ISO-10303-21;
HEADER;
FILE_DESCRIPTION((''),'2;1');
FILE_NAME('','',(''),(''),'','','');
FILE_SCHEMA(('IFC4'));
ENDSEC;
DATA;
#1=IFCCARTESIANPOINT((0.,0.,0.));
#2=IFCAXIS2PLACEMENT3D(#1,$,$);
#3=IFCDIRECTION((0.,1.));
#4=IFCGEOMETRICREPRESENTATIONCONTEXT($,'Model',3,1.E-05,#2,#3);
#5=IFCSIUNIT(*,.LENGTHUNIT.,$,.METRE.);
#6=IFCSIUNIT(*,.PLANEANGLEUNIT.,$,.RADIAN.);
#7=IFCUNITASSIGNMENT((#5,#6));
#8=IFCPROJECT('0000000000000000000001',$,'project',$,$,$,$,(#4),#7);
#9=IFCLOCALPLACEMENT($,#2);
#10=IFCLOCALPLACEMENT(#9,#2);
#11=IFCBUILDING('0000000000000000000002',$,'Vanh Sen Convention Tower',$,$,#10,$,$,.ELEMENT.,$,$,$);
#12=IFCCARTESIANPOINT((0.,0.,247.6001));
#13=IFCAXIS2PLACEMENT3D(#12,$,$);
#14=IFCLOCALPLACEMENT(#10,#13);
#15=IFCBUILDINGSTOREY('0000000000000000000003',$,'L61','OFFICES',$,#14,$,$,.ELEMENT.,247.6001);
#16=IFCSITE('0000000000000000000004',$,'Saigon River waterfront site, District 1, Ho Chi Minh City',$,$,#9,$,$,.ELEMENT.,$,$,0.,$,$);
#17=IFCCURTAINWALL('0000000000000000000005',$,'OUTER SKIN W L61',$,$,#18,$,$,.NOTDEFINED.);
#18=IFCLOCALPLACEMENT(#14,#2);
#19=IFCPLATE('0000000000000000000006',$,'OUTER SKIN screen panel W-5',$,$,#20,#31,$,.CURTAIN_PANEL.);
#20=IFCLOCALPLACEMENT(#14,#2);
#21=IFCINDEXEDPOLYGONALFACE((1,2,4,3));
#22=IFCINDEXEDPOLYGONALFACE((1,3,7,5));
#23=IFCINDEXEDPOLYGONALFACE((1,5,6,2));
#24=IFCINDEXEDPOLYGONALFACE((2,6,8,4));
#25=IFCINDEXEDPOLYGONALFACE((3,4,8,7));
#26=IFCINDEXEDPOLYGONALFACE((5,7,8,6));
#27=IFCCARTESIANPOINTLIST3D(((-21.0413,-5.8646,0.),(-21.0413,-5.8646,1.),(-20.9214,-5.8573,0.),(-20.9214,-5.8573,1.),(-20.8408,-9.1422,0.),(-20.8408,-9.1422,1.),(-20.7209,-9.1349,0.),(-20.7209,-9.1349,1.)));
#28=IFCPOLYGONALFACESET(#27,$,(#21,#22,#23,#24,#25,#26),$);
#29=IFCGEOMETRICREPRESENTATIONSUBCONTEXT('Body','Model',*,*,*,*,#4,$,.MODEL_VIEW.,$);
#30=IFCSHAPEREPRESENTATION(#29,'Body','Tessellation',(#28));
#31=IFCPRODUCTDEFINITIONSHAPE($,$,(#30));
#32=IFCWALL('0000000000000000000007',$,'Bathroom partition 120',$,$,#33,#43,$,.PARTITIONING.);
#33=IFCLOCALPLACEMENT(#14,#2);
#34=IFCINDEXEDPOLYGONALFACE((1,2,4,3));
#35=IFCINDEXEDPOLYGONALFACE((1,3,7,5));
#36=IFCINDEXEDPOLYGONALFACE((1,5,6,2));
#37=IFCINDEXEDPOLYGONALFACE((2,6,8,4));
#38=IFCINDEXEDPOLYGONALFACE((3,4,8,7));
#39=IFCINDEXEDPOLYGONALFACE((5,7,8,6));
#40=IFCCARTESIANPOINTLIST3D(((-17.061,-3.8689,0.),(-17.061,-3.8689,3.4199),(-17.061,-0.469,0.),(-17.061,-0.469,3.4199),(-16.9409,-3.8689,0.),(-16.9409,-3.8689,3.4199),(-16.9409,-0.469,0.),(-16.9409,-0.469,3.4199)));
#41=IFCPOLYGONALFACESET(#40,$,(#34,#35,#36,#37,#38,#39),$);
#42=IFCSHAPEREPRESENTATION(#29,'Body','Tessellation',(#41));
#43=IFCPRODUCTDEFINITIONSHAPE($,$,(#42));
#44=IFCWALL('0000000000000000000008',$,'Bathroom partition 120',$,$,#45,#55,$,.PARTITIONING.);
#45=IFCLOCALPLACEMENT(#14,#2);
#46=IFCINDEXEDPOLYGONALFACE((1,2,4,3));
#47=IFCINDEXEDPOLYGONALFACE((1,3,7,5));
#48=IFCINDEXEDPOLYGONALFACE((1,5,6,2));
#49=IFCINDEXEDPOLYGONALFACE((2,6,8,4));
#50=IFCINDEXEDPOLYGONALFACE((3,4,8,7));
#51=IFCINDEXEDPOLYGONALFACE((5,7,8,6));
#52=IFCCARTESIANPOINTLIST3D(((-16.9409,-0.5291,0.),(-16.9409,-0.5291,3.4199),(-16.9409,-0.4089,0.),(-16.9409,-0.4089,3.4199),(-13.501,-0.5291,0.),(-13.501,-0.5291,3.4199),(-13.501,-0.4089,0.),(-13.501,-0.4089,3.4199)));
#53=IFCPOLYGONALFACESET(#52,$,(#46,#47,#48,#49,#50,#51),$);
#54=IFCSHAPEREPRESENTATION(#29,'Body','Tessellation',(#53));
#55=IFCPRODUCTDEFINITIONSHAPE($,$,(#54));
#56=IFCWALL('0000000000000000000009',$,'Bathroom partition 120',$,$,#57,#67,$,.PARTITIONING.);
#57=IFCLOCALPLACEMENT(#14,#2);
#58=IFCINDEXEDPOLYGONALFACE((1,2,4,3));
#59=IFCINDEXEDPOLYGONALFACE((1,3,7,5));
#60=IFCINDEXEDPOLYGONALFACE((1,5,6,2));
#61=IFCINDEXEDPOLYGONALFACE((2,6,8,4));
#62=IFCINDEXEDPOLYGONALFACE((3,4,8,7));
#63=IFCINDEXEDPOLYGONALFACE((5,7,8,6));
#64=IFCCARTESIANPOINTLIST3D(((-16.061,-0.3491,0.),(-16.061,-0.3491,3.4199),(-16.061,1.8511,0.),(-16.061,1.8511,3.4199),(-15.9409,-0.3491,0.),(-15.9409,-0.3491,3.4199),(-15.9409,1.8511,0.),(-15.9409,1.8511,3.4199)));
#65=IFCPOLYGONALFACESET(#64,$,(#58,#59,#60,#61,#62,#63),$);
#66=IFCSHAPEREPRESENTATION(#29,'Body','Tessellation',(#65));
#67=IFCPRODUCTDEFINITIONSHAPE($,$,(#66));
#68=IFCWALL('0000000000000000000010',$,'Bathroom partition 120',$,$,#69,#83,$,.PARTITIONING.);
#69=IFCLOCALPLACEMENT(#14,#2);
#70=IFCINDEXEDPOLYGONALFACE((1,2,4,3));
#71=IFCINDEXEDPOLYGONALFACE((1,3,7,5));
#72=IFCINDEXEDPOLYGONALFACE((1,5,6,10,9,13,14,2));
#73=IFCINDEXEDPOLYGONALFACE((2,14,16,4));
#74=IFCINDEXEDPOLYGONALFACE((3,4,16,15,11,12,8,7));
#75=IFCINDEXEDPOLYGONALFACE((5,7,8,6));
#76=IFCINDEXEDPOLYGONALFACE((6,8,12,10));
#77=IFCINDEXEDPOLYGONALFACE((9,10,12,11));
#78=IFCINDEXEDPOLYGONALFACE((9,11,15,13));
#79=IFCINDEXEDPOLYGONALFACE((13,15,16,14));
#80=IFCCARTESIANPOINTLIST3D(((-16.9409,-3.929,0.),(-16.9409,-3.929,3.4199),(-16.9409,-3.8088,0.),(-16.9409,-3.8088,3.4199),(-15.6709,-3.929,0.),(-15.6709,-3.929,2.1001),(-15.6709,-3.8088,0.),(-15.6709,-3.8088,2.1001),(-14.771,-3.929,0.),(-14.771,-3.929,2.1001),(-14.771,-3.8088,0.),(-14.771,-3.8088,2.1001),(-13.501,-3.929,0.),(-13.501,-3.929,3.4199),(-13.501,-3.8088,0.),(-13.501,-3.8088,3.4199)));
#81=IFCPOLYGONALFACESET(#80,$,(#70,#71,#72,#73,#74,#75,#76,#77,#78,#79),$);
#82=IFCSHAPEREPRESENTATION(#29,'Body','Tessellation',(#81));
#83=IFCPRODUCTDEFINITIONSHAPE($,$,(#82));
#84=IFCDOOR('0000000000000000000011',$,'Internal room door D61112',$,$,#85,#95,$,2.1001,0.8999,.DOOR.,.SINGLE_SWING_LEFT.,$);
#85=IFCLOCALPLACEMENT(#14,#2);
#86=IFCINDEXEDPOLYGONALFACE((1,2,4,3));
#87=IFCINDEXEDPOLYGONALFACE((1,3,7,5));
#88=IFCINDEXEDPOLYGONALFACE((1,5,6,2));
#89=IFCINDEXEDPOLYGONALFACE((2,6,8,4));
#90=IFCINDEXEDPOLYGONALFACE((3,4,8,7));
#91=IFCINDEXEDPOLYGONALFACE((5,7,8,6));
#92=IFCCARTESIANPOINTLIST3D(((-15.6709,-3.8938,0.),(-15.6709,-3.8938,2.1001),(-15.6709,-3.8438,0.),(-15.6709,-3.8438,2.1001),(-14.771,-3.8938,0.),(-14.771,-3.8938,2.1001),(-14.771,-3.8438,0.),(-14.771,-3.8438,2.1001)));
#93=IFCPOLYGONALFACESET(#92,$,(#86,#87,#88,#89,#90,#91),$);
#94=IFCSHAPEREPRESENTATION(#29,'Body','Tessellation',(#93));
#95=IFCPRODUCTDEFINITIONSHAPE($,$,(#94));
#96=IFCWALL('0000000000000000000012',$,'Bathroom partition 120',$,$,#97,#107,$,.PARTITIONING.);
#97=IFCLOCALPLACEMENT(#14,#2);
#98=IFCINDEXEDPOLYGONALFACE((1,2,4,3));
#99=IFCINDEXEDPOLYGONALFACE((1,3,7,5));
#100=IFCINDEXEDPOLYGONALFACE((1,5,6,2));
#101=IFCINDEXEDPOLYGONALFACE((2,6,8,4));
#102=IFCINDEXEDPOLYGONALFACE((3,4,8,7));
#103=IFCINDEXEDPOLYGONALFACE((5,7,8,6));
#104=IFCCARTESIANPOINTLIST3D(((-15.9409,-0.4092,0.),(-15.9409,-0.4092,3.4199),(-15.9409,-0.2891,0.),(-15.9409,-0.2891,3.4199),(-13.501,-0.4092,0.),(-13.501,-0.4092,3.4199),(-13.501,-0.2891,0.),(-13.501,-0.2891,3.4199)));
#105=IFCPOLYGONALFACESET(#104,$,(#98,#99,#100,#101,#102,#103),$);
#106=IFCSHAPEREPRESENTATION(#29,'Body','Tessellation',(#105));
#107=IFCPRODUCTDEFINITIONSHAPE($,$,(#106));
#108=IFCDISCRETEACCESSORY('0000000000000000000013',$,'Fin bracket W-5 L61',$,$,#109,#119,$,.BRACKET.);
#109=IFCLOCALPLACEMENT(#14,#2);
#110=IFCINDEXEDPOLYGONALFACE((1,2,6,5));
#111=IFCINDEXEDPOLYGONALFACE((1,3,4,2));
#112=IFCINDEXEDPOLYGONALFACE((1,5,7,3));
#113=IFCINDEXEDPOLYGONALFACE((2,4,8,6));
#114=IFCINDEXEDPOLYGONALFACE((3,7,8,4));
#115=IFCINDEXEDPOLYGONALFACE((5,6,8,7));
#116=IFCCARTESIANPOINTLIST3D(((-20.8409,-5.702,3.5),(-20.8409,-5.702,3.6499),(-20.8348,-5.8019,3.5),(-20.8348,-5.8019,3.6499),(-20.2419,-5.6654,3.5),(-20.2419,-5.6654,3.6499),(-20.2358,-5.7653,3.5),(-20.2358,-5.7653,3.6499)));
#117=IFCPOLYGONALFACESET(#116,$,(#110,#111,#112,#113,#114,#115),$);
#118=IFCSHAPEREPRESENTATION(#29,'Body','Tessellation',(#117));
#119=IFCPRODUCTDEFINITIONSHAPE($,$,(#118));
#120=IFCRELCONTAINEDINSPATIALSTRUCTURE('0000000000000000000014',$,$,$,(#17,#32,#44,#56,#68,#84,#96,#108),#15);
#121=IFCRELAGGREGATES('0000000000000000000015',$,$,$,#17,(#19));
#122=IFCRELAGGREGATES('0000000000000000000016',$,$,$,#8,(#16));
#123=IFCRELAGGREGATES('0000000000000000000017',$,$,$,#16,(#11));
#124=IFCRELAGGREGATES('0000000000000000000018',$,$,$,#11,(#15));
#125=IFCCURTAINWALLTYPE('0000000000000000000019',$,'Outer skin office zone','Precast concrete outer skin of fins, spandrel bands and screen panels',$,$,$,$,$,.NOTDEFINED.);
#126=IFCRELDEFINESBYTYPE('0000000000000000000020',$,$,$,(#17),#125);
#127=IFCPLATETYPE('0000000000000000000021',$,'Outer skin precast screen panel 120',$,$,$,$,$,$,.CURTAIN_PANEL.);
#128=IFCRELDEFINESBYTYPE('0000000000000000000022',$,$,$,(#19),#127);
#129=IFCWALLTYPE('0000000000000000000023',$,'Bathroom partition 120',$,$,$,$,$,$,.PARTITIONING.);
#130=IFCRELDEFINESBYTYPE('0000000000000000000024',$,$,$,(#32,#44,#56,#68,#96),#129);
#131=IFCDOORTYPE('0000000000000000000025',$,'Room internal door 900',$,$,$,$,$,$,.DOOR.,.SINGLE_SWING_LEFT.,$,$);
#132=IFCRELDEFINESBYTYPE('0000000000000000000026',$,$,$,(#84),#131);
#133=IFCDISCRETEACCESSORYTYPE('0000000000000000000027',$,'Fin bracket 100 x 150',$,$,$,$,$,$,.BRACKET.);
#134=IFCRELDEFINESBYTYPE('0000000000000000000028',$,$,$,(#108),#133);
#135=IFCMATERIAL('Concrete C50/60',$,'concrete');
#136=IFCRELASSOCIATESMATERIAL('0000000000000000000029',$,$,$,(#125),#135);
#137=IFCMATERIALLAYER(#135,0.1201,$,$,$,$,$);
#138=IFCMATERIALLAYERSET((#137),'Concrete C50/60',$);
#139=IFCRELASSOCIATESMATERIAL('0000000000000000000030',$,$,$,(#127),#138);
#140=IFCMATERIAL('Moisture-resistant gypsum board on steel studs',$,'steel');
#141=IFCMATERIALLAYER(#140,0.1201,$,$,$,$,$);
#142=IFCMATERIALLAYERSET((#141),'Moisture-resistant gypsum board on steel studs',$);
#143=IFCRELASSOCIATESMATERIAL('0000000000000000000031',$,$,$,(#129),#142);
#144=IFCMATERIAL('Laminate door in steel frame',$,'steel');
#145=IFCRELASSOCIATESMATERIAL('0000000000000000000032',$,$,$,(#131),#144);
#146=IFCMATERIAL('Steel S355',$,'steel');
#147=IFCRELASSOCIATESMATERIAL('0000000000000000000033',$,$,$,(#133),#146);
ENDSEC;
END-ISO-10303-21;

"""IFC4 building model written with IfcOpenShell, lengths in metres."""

from ifc_helpers import new_model, si_unit, direction, frame, frame_2d, origin, origin_2d, place, context, subcontext, project, spatial, rectangle, extrude, material, layer, layer_set, type_object, element, fill, aggregate, save


model = new_model("IFC4")

# Units and contexts
model_context = context("Model", 3, precision=1e-05, world=origin(), true_north=direction((0.0, 1.0)))
body_context = subcontext(model_context, "Body", "Model", "MODEL_VIEW")
ifc_project = project(units=[si_unit("LENGTHUNIT", "METRE"), si_unit("PLANEANGLEUNIT", "RADIAN")], contexts=[model_context])

# Site, building, storey
site_placement = place(None, origin())
site = spatial("IfcSite", under=ifc_project, at=site_placement, Name="Saigon River waterfront site, District 1, Ho Chi Minh City", CompositionType="ELEMENT", RefElevation=0.0)
building_placement = place(site_placement, origin())
building = spatial("IfcBuilding", under=site, at=building_placement, Name="Vanh Sen Convention Tower", CompositionType="ELEMENT")
storey_placement = place(building_placement, frame((0.0, 0.0, 247.6001)))
storey = spatial("IfcBuildingStorey", under=building, at=storey_placement, Name="L61", Description="OFFICES", CompositionType="ELEMENT", Elevation=247.6001)

# Curtain wall
ifc_material_1 = material(Name="Concrete C50/60", Category="concrete")
curtain_wall_type = type_object("IfcCurtainWallType", Name="Outer skin office zone", Description="Precast concrete outer skin of fins, spandrel bands and screen panels", PredefinedType="NOTDEFINED", material=ifc_material_1)
curtain_wall_1_placement = place(storey_placement, origin())
curtain_wall_1 = element("IfcCurtainWall", 1, at=curtain_wall_1_placement, inside=storey, type_object=curtain_wall_type, Name="OUTER SKIN W L61", PredefinedType="NOTDEFINED")

# Plate
ifc_layer_1 = layer(ifc_material_1, 0.1201)
ifc_layer_set_1 = layer_set([ifc_layer_1], Name="Concrete C50/60")
plate_type = type_object("IfcPlateType", Name="Outer skin precast screen panel 120", PredefinedType="CURTAIN_PANEL", material=ifc_layer_set_1)
plate_1_placement = place(storey_placement, frame((-20.8811, -7.4998, 0.0), z_axis=(0.0, 0.0, 1.0), x_axis=(0.061069, -0.998134, 0.0)))
plate_1 = element("IfcPlate", 2, at=plate_1_placement, type_object=plate_type, Name="OUTER SKIN screen panel W-5", PredefinedType="CURTAIN_PANEL", context=body_context, shape_type="SweptSolid", body=[
    extrude(rectangle(XDim=3.2837, YDim=0.1201, at=origin_2d()), origin(), (0.0, 0.0, 1.0), 1.0),
])
aggregate(curtain_wall_1, [plate_1])

# Walls
ifc_material_2 = material(Name="Moisture-resistant gypsum board on steel studs", Category="steel")
ifc_layer_2 = layer(ifc_material_2, 0.1201)
ifc_layer_set_2 = layer_set([ifc_layer_2], Name="Moisture-resistant gypsum board on steel studs")
wall_type = type_object("IfcWallType", Name="Bathroom partition 120", PredefinedType="PARTITIONING", material=ifc_layer_set_2)
wall_1_placement = place(storey_placement, frame((-17.001, -3.8689, 0.0), z_axis=(0.0, 0.0, 1.0), x_axis=(0.0, 1.0, 0.0)))
element("IfcWall", 3, at=wall_1_placement, inside=storey, type_object=wall_type, Name="Bathroom partition 120", PredefinedType="PARTITIONING", context=body_context, shape_type="SweptSolid", body=[
    extrude(rectangle(XDim=3.3999, YDim=0.1201, at=frame_2d((1.7, 0.0))), origin(), (0.0, 0.0, 1.0), 3.4199),
])
wall_2_placement = place(storey_placement, frame((-16.9409, -0.469, 0.0), z_axis=(0.0, 0.0, 1.0), x_axis=(1.0, 0.0, 0.0)))
element("IfcWall", 4, at=wall_2_placement, inside=storey, type_object=wall_type, Name="Bathroom partition 120", PredefinedType="PARTITIONING", context=body_context, shape_type="SweptSolid", body=[
    extrude(rectangle(XDim=3.4399, YDim=0.1201, at=frame_2d((1.72, 0.0))), origin(), (0.0, 0.0, 1.0), 3.4199),
])
wall_3_placement = place(storey_placement, frame((-16.001, -0.3491, 0.0), z_axis=(0.0, 0.0, 1.0), x_axis=(0.0, 1.0, 0.0)))
element("IfcWall", 5, at=wall_3_placement, inside=storey, type_object=wall_type, Name="Bathroom partition 120", PredefinedType="PARTITIONING", context=body_context, shape_type="SweptSolid", body=[
    extrude(rectangle(XDim=2.2002, YDim=0.1201, at=frame_2d((1.1001, 0.0))), origin(), (0.0, 0.0, 1.0), 3.4199),
])

# Wall, opening, door
wall_4_placement = place(storey_placement, frame((-13.501, -3.8689, 0.0), z_axis=(0.0, 0.0, 1.0), x_axis=(-1.0, 0.0, 0.0)))
wall_4 = element("IfcWall", 6, at=wall_4_placement, inside=storey, type_object=wall_type, Name="Bathroom partition 120", PredefinedType="PARTITIONING", context=body_context, shape_type="SweptSolid", body=[
    extrude(rectangle(XDim=3.4399, YDim=0.1201, at=frame_2d((1.72, 0.0))), origin(), (0.0, 0.0, 1.0), 3.4199),
])
opening_placement = place(wall_4_placement, frame((1.27, 0.0, 0.0)))
opening = element("IfcOpeningElement", 7, at=opening_placement, cuts=wall_4, PredefinedType="OPENING", context=body_context, shape_type="SweptSolid", body=[
    extrude(rectangle(XDim=0.8999, YDim=2.1001, at=frame_2d((0.45, 1.05))), frame((0.0, 0.0701, 0.0), z_axis=(0.0, -1.0, 0.0), x_axis=(1.0, 0.0, 0.0)), (0.0, 0.0, 1.0), 0.1401),
])
ifc_material_3 = material(Name="Laminate door in steel frame", Category="steel")
door_type = type_object("IfcDoorType", Name="Room internal door 900", OperationType="SINGLE_SWING_LEFT", PredefinedType="DOOR", material=ifc_material_3)
door_placement = place(opening_placement, origin())
door = element("IfcDoor", 8, at=door_placement, inside=storey, type_object=door_type, Name="Internal room door D61112", OperationType="SINGLE_SWING_LEFT", OverallHeight=2.1001, OverallWidth=0.8999, PredefinedType="DOOR", context=body_context, shape_type="SweptSolid", body=[
    extrude(rectangle(XDim=0.8999, YDim=2.1001, at=frame_2d((0.45, 1.05))), frame((0.0, 0.0249, 0.0), z_axis=(0.0, -1.0, 0.0), x_axis=(1.0, 0.0, 0.0)), (0.0, 0.0, 1.0), 0.05),
])
fill(opening, door)

# Wall
wall_5_placement = place(storey_placement, frame((-13.501, -0.3491, 0.0), z_axis=(0.0, 0.0, 1.0), x_axis=(-1.0, 0.0, 0.0)))
element("IfcWall", 9, at=wall_5_placement, inside=storey, type_object=wall_type, Name="Bathroom partition 120", PredefinedType="PARTITIONING", context=body_context, shape_type="SweptSolid", body=[
    extrude(rectangle(XDim=2.4399, YDim=0.1201, at=frame_2d((1.22, 0.0))), origin(), (0.0, 0.0, 1.0), 3.4199),
])

# Discrete accessory
ifc_material_4 = material(Name="Steel S355", Category="steel")
discrete_accessory_type = type_object("IfcDiscreteAccessoryType", Name="Fin bracket 100 x 150", PredefinedType="BRACKET", material=ifc_material_4)
discrete_accessory_placement = place(storey_placement, frame((-20.5383, -5.7336, 3.5), z_axis=(0.0, 0.0, 1.0), x_axis=(-0.998135, -0.061049, 0.0)))
element("IfcDiscreteAccessory", 10, at=discrete_accessory_placement, inside=storey, type_object=discrete_accessory_type, Name="Fin bracket W-5 L61", PredefinedType="BRACKET", context=body_context, shape_type="SweptSolid", body=[
    extrude(rectangle(XDim=0.6001, YDim=0.1001, at=origin_2d()), origin(), (0.0, 0.0, 1.0), 0.1499),
])

save(model, "model.ifc")
